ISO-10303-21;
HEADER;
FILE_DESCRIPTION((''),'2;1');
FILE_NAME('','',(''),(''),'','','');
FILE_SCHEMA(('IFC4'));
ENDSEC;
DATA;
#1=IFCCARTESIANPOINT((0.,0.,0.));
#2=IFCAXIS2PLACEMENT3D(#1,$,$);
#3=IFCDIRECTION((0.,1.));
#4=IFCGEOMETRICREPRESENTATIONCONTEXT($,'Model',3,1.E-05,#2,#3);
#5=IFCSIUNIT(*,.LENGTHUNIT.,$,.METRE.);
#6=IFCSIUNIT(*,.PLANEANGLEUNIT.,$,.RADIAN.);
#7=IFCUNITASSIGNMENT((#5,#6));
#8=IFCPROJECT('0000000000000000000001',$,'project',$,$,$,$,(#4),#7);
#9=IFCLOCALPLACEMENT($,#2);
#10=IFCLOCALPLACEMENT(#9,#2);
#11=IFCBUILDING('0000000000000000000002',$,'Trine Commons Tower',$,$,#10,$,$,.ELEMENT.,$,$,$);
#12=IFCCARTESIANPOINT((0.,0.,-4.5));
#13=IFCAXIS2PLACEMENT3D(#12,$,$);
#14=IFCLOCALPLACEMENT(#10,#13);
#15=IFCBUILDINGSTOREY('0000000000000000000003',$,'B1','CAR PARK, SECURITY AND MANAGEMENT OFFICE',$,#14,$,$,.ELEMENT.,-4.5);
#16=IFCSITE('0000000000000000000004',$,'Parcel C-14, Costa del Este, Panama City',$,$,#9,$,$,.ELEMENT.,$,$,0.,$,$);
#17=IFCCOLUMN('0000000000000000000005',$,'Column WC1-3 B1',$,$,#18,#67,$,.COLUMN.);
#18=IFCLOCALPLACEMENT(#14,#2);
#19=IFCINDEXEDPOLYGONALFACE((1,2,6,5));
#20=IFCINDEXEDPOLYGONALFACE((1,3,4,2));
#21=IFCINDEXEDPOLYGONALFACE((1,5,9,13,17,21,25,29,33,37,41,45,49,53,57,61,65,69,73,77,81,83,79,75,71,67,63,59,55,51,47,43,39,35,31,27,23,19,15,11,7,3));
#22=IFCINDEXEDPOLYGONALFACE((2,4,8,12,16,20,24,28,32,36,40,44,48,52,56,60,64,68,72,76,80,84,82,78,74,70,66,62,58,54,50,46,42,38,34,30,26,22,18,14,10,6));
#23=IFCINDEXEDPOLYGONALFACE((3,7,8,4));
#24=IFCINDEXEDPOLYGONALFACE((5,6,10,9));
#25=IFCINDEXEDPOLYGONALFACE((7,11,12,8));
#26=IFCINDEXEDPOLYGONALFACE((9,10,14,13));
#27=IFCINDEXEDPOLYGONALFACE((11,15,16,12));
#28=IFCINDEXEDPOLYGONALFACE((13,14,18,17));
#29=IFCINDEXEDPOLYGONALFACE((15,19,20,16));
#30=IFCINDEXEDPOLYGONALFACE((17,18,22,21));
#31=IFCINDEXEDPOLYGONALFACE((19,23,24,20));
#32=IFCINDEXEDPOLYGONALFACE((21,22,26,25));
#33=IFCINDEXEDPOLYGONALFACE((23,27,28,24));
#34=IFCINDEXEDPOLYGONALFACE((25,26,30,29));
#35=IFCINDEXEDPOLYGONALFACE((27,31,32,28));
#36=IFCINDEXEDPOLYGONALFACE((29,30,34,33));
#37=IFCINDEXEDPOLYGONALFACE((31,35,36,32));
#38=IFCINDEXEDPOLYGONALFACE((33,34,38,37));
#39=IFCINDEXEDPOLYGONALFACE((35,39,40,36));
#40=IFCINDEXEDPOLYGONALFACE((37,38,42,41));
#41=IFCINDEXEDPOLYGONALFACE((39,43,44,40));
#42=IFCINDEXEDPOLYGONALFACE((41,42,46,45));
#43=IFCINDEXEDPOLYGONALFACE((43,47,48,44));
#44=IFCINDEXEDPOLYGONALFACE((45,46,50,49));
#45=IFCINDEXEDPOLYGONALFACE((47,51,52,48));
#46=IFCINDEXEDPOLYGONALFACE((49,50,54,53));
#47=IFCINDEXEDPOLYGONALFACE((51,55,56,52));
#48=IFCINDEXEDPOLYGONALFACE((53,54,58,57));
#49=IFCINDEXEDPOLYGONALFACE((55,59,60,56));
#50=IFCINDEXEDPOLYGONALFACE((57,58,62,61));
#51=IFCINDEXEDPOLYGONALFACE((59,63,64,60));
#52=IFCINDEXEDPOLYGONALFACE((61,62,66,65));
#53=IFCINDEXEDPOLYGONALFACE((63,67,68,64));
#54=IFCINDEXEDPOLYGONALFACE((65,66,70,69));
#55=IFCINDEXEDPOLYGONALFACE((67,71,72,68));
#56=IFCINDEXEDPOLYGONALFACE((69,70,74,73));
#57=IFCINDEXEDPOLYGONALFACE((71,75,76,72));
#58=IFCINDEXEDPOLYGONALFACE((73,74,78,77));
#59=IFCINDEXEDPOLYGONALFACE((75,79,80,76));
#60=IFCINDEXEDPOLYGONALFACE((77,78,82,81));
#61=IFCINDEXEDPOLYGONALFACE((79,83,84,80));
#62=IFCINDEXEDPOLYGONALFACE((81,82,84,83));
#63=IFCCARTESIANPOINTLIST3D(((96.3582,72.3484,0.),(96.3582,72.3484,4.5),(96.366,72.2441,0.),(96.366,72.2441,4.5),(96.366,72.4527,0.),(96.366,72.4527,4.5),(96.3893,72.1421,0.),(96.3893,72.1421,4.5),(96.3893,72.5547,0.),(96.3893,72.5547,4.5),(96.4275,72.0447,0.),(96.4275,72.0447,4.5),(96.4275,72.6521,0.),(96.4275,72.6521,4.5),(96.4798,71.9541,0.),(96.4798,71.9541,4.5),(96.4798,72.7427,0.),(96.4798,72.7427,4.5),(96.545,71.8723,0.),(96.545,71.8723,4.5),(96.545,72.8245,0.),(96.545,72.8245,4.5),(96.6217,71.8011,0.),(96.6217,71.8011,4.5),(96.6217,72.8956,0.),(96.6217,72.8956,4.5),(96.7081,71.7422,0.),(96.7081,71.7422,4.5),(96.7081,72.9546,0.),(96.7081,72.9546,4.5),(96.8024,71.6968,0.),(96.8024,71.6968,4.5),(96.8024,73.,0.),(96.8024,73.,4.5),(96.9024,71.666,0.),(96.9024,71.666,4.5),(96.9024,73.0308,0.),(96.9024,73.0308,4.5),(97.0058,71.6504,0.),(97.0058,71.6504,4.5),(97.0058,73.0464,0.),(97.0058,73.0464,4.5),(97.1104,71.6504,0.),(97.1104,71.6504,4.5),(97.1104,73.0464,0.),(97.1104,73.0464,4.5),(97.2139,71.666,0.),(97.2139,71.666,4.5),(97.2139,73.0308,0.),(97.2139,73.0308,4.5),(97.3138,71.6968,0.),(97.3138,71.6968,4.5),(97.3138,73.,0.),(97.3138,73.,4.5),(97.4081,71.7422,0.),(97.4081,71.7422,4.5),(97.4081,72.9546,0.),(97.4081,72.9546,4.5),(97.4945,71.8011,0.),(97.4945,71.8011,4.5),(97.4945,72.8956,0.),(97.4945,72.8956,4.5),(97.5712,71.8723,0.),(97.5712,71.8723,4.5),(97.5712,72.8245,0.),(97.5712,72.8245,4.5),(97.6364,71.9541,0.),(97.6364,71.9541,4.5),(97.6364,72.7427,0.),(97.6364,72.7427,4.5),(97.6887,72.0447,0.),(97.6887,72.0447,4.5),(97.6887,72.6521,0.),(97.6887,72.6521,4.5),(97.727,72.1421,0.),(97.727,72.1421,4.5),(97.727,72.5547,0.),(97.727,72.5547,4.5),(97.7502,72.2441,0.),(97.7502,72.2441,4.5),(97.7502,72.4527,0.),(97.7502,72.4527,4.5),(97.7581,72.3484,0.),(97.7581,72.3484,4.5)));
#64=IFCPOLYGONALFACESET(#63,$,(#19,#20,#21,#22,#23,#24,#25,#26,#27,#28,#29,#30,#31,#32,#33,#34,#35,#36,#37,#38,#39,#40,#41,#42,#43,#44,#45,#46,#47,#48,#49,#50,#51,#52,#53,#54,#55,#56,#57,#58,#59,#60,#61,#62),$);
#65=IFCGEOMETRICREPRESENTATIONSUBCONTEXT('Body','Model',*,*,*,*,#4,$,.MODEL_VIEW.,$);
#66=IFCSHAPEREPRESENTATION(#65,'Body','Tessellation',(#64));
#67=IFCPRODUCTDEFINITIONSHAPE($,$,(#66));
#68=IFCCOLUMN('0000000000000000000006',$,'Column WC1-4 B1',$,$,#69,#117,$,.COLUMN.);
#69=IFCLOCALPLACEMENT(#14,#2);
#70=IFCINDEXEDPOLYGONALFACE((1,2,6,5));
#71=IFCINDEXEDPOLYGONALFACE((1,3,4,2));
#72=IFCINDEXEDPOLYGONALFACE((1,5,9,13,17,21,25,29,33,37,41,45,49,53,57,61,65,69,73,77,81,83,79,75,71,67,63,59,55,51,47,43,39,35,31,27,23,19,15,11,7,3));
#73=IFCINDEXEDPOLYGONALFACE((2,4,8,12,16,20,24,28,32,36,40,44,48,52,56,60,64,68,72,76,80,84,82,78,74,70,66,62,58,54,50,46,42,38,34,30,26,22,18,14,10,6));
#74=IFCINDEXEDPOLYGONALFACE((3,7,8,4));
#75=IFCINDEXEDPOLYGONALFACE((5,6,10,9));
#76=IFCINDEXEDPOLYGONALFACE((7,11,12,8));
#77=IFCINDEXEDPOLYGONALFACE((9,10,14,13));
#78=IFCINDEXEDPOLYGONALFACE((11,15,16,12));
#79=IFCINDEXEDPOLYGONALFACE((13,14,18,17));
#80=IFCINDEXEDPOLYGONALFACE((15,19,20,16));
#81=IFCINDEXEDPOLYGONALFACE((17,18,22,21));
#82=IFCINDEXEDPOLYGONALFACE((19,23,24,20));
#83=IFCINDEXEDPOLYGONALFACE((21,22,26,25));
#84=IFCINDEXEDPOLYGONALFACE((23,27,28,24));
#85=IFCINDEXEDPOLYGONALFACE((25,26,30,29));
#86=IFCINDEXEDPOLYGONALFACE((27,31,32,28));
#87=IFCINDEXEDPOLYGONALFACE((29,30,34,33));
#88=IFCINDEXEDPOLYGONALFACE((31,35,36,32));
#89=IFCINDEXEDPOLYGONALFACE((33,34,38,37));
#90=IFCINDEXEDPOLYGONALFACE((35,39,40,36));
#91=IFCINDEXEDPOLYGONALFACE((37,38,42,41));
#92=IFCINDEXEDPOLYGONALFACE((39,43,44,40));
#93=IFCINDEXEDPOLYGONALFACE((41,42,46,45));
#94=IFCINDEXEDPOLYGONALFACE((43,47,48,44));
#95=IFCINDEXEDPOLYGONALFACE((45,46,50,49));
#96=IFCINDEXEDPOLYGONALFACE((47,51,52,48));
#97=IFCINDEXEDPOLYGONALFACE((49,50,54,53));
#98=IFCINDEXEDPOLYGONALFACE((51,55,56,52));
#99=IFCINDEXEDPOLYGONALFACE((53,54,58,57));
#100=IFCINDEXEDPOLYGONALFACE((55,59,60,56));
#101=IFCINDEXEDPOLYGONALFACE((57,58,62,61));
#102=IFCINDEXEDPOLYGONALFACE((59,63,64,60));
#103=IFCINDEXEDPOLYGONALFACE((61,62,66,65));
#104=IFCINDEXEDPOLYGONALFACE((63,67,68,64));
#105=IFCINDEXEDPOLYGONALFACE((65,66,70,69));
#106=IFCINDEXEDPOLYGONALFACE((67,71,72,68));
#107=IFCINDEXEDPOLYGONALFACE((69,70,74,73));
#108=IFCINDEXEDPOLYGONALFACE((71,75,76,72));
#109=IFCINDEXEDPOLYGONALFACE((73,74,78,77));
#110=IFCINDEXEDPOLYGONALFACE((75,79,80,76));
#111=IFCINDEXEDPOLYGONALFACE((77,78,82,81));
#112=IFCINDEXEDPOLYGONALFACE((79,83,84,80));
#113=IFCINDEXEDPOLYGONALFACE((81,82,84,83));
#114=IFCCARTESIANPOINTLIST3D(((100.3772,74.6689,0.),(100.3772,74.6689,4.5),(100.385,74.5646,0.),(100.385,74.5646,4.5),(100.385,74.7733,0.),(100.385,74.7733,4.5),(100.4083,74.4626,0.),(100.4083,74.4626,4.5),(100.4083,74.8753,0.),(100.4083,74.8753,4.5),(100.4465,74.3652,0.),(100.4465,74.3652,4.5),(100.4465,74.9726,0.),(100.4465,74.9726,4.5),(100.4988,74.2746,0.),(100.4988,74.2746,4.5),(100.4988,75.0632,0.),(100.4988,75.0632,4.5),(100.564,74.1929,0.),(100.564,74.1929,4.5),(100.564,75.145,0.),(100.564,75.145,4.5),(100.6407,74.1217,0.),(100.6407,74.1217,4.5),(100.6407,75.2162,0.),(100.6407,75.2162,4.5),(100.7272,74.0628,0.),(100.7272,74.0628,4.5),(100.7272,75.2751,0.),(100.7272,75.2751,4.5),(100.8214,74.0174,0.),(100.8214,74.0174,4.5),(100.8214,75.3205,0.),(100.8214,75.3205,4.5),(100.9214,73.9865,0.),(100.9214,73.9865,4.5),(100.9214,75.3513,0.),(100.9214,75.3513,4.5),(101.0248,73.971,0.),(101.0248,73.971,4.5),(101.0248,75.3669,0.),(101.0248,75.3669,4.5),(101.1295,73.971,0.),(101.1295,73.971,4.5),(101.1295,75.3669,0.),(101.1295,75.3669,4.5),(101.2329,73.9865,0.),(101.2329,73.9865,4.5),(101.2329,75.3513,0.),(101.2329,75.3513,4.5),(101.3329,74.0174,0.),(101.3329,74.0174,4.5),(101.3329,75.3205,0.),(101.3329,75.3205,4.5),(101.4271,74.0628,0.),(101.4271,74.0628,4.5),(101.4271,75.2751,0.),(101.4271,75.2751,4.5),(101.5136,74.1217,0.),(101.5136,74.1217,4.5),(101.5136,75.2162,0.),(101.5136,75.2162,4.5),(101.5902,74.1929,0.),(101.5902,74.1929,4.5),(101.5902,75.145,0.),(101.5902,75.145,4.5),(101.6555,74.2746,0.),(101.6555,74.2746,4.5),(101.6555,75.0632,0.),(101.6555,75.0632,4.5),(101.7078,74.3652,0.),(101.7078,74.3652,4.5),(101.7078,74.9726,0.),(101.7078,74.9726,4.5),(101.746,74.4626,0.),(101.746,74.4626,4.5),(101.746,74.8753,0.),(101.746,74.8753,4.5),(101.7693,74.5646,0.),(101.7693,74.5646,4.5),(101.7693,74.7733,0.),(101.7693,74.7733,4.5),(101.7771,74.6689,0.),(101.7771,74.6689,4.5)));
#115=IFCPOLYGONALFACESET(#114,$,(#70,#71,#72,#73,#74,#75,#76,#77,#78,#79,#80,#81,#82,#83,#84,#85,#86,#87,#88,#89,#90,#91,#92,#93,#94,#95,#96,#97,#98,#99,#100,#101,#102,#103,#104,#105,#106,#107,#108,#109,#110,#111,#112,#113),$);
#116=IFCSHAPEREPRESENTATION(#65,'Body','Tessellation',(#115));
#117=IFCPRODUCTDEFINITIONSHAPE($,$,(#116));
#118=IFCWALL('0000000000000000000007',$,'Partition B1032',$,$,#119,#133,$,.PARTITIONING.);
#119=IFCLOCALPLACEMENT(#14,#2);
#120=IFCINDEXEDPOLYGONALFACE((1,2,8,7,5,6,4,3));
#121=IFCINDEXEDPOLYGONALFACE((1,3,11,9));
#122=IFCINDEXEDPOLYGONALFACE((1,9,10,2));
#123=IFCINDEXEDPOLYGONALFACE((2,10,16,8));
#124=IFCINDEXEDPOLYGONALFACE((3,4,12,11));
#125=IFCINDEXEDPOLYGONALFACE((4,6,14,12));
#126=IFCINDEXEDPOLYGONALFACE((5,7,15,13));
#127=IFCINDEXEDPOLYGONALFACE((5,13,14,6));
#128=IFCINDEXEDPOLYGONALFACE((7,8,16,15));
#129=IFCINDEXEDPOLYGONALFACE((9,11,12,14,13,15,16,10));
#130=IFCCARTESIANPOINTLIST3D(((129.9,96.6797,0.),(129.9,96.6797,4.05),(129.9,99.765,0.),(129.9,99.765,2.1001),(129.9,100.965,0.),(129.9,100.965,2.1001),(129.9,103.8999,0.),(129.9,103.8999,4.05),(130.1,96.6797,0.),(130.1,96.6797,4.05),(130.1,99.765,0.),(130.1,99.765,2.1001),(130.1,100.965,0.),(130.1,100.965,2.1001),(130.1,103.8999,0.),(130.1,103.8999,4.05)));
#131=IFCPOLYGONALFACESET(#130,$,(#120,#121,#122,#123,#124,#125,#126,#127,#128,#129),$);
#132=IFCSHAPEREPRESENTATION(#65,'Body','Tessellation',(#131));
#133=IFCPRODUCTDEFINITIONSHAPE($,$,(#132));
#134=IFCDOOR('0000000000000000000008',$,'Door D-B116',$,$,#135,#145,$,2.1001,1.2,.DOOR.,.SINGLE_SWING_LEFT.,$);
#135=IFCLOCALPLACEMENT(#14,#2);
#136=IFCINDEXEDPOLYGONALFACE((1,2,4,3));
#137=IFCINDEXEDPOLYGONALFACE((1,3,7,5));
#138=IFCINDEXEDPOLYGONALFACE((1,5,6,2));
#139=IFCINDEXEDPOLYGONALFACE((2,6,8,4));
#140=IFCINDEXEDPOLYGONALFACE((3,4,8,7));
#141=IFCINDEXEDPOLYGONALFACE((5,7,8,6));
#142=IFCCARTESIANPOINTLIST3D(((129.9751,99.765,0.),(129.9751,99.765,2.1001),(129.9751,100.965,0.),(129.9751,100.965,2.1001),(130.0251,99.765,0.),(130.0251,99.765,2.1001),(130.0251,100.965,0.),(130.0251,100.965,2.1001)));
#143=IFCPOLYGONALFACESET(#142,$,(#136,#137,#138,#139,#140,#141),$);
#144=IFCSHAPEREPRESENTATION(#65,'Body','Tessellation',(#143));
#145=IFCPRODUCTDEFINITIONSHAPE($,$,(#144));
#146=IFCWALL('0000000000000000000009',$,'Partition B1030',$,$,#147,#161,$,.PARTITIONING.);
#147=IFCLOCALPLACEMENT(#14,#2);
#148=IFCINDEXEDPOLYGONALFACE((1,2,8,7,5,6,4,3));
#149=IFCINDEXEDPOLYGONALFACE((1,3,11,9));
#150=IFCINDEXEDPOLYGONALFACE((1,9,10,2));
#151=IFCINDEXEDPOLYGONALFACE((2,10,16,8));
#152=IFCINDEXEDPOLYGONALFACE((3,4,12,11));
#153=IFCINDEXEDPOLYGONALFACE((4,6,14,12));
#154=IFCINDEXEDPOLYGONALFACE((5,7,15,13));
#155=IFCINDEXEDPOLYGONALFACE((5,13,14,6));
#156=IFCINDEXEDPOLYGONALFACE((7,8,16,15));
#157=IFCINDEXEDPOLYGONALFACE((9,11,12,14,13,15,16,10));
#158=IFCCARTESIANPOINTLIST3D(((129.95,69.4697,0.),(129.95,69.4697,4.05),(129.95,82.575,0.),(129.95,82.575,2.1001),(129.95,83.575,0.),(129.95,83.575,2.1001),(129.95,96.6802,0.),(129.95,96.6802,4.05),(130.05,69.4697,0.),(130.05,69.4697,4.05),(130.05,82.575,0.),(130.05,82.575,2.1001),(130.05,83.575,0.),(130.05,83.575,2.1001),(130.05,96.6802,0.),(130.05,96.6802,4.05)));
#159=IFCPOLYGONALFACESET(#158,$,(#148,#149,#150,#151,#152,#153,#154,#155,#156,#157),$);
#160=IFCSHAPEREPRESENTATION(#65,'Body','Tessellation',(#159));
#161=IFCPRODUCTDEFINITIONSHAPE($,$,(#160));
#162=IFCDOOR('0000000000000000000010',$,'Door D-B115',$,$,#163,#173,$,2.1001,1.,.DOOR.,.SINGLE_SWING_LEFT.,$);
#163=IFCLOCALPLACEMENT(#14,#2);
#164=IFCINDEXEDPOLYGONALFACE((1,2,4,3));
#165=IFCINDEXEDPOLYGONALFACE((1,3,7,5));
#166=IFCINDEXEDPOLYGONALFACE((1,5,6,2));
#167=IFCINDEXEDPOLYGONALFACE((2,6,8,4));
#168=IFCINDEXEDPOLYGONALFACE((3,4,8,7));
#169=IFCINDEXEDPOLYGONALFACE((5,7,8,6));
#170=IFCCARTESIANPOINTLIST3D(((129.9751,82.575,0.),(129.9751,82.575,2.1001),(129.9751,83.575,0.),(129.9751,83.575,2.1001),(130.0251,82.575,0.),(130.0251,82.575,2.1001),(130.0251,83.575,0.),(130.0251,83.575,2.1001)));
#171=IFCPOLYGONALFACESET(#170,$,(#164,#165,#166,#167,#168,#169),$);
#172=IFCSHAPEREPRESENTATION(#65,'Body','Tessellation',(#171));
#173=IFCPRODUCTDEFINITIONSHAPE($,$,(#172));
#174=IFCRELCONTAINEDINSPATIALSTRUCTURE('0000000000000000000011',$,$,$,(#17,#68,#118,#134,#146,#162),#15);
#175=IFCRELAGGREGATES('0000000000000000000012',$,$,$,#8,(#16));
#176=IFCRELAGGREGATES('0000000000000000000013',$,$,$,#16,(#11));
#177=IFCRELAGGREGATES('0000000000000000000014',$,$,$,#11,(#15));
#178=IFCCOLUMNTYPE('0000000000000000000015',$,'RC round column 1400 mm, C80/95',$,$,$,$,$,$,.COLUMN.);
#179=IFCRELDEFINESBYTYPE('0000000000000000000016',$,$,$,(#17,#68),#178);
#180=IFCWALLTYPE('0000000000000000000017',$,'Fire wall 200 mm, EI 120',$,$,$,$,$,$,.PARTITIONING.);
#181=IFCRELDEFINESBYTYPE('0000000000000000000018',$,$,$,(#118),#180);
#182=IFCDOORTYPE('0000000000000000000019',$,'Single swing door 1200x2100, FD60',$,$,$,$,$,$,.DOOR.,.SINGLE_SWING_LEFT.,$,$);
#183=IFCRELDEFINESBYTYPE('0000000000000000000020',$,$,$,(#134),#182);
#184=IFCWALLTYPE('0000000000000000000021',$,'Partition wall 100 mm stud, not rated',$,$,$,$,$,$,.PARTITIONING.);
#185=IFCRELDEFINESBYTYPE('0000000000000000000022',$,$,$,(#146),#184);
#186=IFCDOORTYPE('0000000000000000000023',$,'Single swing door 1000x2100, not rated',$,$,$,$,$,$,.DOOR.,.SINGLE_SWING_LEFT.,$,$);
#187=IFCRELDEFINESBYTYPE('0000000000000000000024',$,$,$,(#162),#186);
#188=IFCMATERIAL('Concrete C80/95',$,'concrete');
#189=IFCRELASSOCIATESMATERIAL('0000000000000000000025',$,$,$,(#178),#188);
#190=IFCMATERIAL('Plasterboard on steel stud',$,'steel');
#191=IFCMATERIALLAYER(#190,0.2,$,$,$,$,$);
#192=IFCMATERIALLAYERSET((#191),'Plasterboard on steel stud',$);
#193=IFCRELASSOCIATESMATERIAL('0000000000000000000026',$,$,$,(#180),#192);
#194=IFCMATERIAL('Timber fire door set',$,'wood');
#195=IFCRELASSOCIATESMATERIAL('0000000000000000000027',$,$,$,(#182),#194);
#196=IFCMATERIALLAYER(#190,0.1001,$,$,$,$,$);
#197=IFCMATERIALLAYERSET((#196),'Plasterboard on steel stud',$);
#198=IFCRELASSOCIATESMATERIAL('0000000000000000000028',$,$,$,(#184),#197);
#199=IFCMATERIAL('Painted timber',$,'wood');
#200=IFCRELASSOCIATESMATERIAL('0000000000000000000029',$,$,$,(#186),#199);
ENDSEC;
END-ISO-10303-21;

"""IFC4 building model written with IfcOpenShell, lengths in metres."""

from ifc_helpers import new_model, si_unit, direction, frame, frame_2d, origin, origin_2d, place, context, subcontext, project, spatial, rectangle, circle, extrude, material, layer, layer_set, material_profile, profile_set, type_object, element, fill, save


model = new_model("IFC4")

# Units and contexts
model_context = context("Model", 3, precision=1e-05, world=origin(), true_north=direction((0.0, 1.0)))
body_context = subcontext(model_context, "Body", "Model", "MODEL_VIEW")
ifc_project = project(units=[si_unit("LENGTHUNIT", "METRE"), si_unit("PLANEANGLEUNIT", "RADIAN")], contexts=[model_context])

# Site, building, storey
site_placement = place(None, origin())
site = spatial("IfcSite", under=ifc_project, at=site_placement, Name="Parcel C-14, Costa del Este, Panama City", CompositionType="ELEMENT", RefElevation=0.0)
building_placement = place(site_placement, origin())
building = spatial("IfcBuilding", under=site, at=building_placement, Name="Trine Commons Tower", CompositionType="ELEMENT")
storey_placement = place(building_placement, frame((0.0, 0.0, -4.5)))
storey = spatial("IfcBuildingStorey", under=building, at=storey_placement, Name="B1", Description="CAR PARK, SECURITY AND MANAGEMENT OFFICE", CompositionType="ELEMENT", Elevation=-4.5)

# Columns
ifc_material_1 = material(Name="Concrete C80/95", Category="concrete")
ifc_material_profile_1 = material_profile(ifc_material_1, circle(Radius=0.7, at=origin_2d()), Name="RC round 1400")
ifc_profile_set_1 = profile_set([ifc_material_profile_1], Name="Concrete C80/95")
column_type_1 = type_object("IfcColumnType", Name="RC round column 1400 mm, C80/95", PredefinedType="COLUMN", material=ifc_profile_set_1)
for number, where, z_axis, x_axis, name in (
    (1, (97.0581, 72.3484, 0.0), (0.0, 0.0, 1.0), (1.0, 0.0, 0.0), "Column WC1-3 B1"),
    (2, (101.0771, 74.6689, 0.0), (0.0, 0.0, 1.0), (1.0, 0.0, 0.0), "Column WC1-4 B1"),
):
    element("IfcColumn", number, at=place(storey_placement, frame(where, z_axis=z_axis, x_axis=x_axis)), inside=storey, type_object=column_type_1, Name=name, PredefinedType="COLUMN", context=body_context, shape_type="SweptSolid", body=[
        extrude(circle(Radius=0.7, at=origin_2d()), origin(), (0.0, 0.0, 1.0), 4.5),
    ])

# Walls, openings, doors
ifc_material_2 = material(Name="Plasterboard on steel stud", Category="steel")
ifc_layer_1 = layer(ifc_material_2, 0.2)
ifc_layer_set_1 = layer_set([ifc_layer_1], Name="Plasterboard on steel stud")
wall_type_1 = type_object("IfcWallType", Name="Fire wall 200 mm, EI 120", PredefinedType="PARTITIONING", material=ifc_layer_set_1)
wall_1_placement = place(storey_placement, frame((130.0, 96.6797, 0.0), z_axis=(0.0, 0.0, 1.0), x_axis=(0.0, 1.0, 0.0)))
wall_1 = element("IfcWall", 3, at=wall_1_placement, inside=storey, type_object=wall_type_1, Name="Partition B1032", PredefinedType="PARTITIONING", context=body_context, shape_type="SweptSolid", body=[
    extrude(rectangle(XDim=7.2202, YDim=0.2, at=frame_2d((3.6101, 0.0))), origin(), (0.0, 0.0, 1.0), 4.05),
])
opening_1_placement = place(wall_1_placement, frame((3.0852, 0.0, 0.0)))
opening_1 = element("IfcOpeningElement", 4, at=opening_1_placement, cuts=wall_1, PredefinedType="OPENING", context=body_context, shape_type="SweptSolid", body=[
    extrude(rectangle(XDim=1.2, YDim=2.1001, at=frame_2d((0.6001, 1.05))), frame((0.0, 0.1099, 0.0), z_axis=(0.0, -1.0, 0.0), x_axis=(1.0, 0.0, 0.0)), (0.0, 0.0, 1.0), 0.22),
])
ifc_material_3 = material(Name="Timber fire door set", Category="wood")
door_type_1 = type_object("IfcDoorType", Name="Single swing door 1200x2100, FD60", OperationType="SINGLE_SWING_LEFT", PredefinedType="DOOR", material=ifc_material_3)
door_1_placement = place(opening_1_placement, origin())
door_1 = element("IfcDoor", 5, at=door_1_placement, inside=storey, type_object=door_type_1, Name="Door D-B116", OperationType="SINGLE_SWING_LEFT", OverallHeight=2.1001, OverallWidth=1.2, PredefinedType="DOOR", context=body_context, shape_type="SweptSolid", body=[
    extrude(rectangle(XDim=1.2, YDim=2.1001, at=frame_2d((0.6001, 1.05))), frame((0.0, 0.0249, 0.0), z_axis=(0.0, -1.0, 0.0), x_axis=(1.0, 0.0, 0.0)), (0.0, 0.0, 1.0), 0.05),
])
fill(opening_1, door_1)
ifc_layer_2 = layer(ifc_material_2, 0.1001)
ifc_layer_set_2 = layer_set([ifc_layer_2], Name="Plasterboard on steel stud")
wall_type_2 = type_object("IfcWallType", Name="Partition wall 100 mm stud, not rated", PredefinedType="PARTITIONING", material=ifc_layer_set_2)
wall_2_placement = place(storey_placement, frame((130.0, 69.4697, 0.0), z_axis=(0.0, 0.0, 1.0), x_axis=(0.0, 1.0, 0.0)))
wall_2 = element("IfcWall", 6, at=wall_2_placement, inside=storey, type_object=wall_type_2, Name="Partition B1030", PredefinedType="PARTITIONING", context=body_context, shape_type="SweptSolid", body=[
    extrude(rectangle(XDim=27.2104, YDim=0.1001, at=frame_2d((13.6052, 0.0))), origin(), (0.0, 0.0, 1.0), 4.05),
])
opening_2_placement = place(wall_2_placement, frame((13.1052, 0.0, 0.0)))
opening_2 = element("IfcOpeningElement", 7, at=opening_2_placement, cuts=wall_2, PredefinedType="OPENING", context=body_context, shape_type="SweptSolid", body=[
    extrude(rectangle(XDim=1.0, YDim=2.1001, at=frame_2d((0.5, 1.05))), frame((0.0, 0.0601, 0.0), z_axis=(0.0, -1.0, 0.0), x_axis=(1.0, 0.0, 0.0)), (0.0, 0.0, 1.0), 0.1201),
])
ifc_material_4 = material(Name="Painted timber", Category="wood")
door_type_2 = type_object("IfcDoorType", Name="Single swing door 1000x2100, not rated", OperationType="SINGLE_SWING_LEFT", PredefinedType="DOOR", material=ifc_material_4)
door_2_placement = place(opening_2_placement, origin())
door_2 = element("IfcDoor", 8, at=door_2_placement, inside=storey, type_object=door_type_2, Name="Door D-B115", OperationType="SINGLE_SWING_LEFT", OverallHeight=2.1001, OverallWidth=1.0, PredefinedType="DOOR", context=body_context, shape_type="SweptSolid", body=[
    extrude(rectangle(XDim=1.0, YDim=2.1001, at=frame_2d((0.5, 1.05))), frame((0.0, 0.0249, 0.0), z_axis=(0.0, -1.0, 0.0), x_axis=(1.0, 0.0, 0.0)), (0.0, 0.0, 1.0), 0.05),
])
fill(opening_2, door_2)

save(model, "model.ifc")
